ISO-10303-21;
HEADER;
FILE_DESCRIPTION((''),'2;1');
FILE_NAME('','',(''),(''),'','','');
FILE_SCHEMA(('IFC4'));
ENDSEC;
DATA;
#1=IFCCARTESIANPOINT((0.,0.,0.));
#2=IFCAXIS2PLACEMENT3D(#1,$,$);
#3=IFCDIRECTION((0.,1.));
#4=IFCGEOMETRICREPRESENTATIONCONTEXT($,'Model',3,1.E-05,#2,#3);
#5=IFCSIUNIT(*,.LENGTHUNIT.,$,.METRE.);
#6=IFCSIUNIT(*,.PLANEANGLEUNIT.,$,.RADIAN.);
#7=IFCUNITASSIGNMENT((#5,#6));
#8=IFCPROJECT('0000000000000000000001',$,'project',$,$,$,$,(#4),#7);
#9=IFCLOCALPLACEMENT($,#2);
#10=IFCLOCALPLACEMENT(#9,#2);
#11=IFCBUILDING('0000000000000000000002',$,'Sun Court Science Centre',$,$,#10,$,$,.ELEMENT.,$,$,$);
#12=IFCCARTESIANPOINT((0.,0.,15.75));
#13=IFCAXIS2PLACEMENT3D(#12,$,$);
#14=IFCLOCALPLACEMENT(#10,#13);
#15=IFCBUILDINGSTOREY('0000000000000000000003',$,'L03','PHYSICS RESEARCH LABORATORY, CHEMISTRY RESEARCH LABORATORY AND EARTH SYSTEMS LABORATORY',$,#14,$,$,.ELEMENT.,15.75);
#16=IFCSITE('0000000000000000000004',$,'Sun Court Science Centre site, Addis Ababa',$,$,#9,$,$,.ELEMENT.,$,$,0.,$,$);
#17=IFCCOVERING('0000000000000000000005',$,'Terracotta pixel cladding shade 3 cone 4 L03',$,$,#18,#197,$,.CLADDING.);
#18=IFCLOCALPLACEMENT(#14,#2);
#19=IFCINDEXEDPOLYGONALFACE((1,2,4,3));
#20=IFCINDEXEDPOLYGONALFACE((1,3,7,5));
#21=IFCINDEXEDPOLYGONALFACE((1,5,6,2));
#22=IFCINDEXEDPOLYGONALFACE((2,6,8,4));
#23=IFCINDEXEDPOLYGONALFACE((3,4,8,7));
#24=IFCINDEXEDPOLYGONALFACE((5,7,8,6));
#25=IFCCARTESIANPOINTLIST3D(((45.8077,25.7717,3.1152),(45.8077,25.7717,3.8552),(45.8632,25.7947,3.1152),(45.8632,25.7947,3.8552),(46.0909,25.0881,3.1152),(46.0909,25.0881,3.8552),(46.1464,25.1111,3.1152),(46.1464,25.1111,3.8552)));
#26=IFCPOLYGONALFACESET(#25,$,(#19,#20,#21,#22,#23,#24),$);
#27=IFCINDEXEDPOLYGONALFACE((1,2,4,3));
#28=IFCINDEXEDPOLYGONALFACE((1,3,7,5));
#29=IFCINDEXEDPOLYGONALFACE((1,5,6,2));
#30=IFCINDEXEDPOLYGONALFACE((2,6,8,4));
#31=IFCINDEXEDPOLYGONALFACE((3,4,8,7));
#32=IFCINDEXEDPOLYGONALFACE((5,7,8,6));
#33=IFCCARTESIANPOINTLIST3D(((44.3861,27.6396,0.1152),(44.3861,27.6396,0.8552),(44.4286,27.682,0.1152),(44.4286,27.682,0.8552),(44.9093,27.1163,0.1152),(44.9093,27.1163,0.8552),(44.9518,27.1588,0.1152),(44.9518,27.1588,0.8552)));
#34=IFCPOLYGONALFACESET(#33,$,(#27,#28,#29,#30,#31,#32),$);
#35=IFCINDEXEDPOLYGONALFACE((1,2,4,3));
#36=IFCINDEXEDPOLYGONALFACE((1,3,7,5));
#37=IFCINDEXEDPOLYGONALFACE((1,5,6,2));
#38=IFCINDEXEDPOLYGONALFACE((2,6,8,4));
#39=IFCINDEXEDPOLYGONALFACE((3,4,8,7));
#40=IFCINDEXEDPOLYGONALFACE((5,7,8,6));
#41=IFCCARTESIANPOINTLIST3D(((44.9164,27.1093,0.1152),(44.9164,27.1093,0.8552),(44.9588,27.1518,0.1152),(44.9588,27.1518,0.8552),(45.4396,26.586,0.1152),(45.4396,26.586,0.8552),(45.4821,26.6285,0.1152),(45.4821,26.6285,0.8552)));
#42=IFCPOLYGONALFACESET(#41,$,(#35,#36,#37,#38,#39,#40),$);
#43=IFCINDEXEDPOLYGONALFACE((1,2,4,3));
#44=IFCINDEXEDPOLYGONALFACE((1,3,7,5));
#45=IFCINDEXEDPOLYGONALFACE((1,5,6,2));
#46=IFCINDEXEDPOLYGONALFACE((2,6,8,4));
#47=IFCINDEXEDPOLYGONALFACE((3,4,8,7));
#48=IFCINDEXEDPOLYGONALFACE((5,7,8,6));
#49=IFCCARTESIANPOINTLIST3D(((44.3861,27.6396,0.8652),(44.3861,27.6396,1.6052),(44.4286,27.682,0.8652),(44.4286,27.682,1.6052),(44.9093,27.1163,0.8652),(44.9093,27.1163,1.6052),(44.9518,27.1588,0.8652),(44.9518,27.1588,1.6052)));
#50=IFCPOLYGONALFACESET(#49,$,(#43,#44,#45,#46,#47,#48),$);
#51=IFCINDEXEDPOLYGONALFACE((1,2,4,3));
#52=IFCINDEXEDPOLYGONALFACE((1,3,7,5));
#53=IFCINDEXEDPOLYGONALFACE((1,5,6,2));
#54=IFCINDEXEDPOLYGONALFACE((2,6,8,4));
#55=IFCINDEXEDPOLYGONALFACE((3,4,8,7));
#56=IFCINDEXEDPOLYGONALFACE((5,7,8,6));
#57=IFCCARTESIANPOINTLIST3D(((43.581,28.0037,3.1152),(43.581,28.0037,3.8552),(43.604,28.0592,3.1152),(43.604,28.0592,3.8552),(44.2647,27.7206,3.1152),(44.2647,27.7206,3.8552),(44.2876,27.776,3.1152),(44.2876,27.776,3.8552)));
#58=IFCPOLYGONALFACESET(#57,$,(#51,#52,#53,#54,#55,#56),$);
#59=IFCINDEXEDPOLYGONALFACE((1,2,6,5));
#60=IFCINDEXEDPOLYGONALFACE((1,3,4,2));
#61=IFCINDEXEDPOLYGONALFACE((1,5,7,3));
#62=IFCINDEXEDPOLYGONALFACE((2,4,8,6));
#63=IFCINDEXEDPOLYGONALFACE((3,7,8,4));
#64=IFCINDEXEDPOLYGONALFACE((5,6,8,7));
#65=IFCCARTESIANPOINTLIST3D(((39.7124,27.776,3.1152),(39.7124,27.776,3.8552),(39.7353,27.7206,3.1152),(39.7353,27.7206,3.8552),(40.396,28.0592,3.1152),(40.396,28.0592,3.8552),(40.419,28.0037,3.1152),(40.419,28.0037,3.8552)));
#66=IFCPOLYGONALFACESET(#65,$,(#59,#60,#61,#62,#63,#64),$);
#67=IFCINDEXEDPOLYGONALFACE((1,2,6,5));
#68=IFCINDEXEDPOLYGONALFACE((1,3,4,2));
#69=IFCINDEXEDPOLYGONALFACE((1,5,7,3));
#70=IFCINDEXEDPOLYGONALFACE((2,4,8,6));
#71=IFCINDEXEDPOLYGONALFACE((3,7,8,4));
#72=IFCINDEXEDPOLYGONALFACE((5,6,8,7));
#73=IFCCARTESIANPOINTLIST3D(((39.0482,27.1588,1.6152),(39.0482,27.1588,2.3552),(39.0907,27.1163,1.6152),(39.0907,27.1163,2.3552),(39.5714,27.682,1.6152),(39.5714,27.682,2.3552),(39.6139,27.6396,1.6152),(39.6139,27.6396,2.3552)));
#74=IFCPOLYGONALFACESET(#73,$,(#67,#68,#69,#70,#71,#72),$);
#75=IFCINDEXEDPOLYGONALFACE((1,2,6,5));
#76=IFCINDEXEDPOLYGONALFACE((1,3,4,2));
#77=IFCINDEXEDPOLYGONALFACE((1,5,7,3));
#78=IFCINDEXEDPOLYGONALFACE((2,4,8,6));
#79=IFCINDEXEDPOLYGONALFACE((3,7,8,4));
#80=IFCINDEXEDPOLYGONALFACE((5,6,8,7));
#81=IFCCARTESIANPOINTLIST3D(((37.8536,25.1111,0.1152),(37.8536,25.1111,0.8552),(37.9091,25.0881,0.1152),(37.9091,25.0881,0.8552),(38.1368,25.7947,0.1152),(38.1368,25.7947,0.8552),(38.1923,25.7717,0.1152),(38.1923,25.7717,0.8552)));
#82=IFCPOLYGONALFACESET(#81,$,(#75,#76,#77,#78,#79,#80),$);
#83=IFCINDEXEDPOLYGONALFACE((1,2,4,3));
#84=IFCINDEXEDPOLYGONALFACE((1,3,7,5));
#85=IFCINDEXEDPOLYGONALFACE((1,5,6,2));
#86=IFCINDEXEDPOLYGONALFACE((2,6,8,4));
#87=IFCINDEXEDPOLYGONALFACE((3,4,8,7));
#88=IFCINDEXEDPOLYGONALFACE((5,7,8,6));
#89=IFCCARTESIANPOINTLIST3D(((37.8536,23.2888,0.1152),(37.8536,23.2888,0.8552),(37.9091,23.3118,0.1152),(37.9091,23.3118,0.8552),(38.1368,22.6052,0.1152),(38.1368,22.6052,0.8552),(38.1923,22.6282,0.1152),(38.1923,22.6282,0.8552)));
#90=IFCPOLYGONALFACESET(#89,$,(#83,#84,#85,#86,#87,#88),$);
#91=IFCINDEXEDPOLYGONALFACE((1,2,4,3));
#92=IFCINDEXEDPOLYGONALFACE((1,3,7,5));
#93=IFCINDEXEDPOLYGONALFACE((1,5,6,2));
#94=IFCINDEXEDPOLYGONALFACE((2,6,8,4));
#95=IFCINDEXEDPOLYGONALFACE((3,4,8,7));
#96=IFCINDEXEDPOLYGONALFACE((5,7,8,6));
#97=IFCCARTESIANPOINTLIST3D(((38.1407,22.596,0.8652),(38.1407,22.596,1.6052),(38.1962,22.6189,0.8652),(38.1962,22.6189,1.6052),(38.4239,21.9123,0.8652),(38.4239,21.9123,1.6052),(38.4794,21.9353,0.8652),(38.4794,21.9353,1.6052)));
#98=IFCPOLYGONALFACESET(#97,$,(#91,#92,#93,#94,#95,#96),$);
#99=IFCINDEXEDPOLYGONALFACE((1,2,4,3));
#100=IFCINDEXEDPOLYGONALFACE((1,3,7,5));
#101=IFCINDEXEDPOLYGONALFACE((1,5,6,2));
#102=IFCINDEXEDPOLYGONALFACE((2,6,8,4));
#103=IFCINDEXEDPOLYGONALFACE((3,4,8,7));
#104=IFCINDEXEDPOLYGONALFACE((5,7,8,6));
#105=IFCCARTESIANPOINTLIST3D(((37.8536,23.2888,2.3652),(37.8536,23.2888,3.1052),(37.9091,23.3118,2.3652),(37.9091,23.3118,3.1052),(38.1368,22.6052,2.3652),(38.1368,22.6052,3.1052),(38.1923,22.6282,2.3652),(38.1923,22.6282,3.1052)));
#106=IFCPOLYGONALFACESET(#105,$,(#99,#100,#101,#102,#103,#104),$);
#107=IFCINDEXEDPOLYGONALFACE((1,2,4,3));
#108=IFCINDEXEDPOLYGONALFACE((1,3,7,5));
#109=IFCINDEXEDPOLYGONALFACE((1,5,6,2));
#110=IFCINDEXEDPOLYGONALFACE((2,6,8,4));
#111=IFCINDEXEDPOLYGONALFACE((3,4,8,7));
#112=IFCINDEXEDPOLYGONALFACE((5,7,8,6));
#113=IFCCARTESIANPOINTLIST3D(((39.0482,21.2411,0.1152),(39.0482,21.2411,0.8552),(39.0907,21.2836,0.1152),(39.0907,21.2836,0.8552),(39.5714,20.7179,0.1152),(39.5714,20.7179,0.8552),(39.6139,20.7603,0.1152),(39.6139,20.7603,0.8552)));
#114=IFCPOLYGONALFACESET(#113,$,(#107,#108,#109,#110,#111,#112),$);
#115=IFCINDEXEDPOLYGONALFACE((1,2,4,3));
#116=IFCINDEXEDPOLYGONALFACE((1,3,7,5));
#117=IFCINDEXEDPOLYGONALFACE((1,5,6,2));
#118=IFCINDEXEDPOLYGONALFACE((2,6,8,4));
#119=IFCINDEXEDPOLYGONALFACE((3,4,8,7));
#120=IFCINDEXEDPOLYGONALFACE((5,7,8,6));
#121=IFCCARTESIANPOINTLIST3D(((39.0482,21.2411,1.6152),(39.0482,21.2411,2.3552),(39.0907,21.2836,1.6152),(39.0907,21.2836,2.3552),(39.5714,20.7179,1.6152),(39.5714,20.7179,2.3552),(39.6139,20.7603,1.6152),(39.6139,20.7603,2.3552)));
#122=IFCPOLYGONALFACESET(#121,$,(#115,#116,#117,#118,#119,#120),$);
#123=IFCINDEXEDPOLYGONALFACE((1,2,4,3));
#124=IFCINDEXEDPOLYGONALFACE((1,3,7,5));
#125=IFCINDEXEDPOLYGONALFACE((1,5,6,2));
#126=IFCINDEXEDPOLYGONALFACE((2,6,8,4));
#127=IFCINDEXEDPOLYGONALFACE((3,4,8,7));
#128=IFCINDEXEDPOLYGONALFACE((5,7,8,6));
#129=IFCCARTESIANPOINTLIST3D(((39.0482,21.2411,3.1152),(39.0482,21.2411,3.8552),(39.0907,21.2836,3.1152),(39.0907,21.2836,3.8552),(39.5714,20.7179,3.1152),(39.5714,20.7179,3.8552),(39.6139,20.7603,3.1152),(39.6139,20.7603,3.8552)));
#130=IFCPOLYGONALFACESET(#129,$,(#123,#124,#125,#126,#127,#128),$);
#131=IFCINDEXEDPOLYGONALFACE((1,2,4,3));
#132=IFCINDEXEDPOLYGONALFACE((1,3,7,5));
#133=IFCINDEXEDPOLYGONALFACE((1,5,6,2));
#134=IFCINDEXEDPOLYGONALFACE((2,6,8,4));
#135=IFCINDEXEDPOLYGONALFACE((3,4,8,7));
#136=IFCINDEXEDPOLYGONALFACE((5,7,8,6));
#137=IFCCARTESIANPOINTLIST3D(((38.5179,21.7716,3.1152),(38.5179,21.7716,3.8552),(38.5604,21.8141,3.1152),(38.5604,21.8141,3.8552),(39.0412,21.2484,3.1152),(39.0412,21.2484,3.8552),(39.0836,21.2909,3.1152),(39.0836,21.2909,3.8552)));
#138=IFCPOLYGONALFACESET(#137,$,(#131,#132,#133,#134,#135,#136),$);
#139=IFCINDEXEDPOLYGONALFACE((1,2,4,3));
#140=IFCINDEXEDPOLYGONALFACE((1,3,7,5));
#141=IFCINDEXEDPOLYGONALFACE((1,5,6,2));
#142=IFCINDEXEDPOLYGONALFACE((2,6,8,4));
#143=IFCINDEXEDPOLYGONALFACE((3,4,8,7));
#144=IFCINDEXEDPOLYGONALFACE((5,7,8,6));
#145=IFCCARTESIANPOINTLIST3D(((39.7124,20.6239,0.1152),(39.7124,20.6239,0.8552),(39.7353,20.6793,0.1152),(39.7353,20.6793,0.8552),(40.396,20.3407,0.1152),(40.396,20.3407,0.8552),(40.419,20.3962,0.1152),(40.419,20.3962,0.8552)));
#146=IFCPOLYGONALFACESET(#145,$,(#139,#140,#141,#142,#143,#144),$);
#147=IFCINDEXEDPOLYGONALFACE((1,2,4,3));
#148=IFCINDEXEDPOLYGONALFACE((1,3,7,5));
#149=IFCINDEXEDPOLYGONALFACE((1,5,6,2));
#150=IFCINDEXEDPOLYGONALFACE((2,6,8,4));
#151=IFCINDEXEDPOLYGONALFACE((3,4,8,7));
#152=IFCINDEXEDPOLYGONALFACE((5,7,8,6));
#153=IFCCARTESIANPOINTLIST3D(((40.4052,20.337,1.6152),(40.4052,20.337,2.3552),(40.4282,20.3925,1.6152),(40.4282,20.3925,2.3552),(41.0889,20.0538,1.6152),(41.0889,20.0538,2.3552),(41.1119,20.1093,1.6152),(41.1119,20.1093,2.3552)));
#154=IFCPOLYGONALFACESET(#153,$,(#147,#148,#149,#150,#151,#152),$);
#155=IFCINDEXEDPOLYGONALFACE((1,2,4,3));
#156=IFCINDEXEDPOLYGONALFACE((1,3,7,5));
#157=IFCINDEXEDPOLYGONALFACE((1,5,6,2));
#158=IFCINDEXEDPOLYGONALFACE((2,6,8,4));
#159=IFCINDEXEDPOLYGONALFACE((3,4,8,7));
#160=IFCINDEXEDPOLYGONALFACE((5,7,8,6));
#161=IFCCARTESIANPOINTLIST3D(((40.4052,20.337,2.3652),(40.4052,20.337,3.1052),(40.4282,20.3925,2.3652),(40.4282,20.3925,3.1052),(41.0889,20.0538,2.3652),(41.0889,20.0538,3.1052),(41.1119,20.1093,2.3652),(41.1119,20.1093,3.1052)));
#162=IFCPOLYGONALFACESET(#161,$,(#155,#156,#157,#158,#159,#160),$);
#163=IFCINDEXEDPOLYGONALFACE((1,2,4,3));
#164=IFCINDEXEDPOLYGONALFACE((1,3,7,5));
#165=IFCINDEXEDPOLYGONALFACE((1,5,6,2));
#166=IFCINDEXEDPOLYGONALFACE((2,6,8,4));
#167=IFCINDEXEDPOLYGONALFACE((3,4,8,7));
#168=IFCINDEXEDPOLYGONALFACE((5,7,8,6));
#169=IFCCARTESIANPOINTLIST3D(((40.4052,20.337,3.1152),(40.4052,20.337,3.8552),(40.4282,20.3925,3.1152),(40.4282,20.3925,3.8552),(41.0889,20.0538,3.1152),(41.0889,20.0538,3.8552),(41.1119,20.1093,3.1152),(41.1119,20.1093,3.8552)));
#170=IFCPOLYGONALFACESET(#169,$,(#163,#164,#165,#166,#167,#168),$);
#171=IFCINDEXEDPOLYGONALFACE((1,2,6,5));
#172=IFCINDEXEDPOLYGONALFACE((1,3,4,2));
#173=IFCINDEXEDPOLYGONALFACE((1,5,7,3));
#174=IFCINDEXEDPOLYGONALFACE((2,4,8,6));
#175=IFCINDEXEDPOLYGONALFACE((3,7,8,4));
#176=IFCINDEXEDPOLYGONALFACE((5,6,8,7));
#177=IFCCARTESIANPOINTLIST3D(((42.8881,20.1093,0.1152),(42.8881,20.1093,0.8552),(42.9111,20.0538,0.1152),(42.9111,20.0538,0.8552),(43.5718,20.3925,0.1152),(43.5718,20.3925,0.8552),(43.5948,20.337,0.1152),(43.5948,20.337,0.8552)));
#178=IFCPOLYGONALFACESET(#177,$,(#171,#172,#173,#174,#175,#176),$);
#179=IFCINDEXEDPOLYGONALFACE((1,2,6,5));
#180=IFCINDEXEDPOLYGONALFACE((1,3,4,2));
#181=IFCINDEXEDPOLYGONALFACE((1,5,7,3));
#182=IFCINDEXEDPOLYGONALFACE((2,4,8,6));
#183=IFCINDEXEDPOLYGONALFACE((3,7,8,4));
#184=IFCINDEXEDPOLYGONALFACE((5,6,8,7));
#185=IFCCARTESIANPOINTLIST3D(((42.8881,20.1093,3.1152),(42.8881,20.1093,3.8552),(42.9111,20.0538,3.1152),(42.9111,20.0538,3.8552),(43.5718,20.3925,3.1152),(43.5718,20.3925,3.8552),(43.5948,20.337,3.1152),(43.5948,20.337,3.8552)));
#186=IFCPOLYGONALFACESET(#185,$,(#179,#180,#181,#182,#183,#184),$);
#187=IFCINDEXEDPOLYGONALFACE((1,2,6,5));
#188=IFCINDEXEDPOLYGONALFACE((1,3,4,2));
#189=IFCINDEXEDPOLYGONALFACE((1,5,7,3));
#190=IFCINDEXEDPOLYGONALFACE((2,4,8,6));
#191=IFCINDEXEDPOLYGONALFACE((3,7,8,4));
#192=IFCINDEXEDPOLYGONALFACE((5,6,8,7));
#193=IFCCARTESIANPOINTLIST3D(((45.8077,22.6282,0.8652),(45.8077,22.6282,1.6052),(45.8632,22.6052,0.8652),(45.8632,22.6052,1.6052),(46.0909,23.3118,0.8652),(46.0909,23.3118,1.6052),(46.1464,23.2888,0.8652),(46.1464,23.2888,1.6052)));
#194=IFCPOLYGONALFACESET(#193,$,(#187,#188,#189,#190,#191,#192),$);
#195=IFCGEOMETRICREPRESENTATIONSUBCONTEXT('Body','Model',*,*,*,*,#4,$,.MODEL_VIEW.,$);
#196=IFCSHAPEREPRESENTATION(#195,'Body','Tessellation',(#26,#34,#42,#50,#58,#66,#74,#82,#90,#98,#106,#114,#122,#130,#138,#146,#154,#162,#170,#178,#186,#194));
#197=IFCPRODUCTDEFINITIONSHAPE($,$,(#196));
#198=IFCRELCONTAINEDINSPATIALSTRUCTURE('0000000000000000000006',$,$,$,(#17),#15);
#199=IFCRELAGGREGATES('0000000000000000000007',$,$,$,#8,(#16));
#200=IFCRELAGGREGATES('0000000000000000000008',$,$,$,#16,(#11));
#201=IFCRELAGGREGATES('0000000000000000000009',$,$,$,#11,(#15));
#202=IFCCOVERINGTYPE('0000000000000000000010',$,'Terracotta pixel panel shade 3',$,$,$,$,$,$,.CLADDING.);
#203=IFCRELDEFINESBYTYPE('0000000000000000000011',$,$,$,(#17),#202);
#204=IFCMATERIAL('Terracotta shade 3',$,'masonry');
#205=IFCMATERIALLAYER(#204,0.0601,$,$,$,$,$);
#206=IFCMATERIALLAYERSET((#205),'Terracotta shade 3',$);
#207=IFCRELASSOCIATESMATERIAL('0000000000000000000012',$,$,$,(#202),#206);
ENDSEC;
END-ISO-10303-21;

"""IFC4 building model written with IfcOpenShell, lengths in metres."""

from ifc_helpers import new_model, si_unit, direction, frame, origin, origin_2d, place, context, subcontext, project, spatial, rectangle, extrude, material, layer, layer_set, type_object, element, save


model = new_model("IFC4")

# Units and contexts
model_context = context("Model", 3, precision=1e-05, world=origin(), true_north=direction((0.0, 1.0)))
body_context = subcontext(model_context, "Body", "Model", "MODEL_VIEW")
ifc_project = project(units=[si_unit("LENGTHUNIT", "METRE"), si_unit("PLANEANGLEUNIT", "RADIAN")], contexts=[model_context])

# Site, building, storey
site_placement = place(None, origin())
site = spatial("IfcSite", under=ifc_project, at=site_placement, Name="Sun Court Science Centre site, Addis Ababa", CompositionType="ELEMENT", RefElevation=0.0)
building_placement = place(site_placement, origin())
building = spatial("IfcBuilding", under=site, at=building_placement, Name="Sun Court Science Centre", CompositionType="ELEMENT")
storey_placement = place(building_placement, frame((0.0, 0.0, 15.75)))
storey = spatial("IfcBuildingStorey", under=building, at=storey_placement, Name="L03", Description="PHYSICS RESEARCH LABORATORY, CHEMISTRY RESEARCH LABORATORY AND EARTH SYSTEMS LABORATORY", CompositionType="ELEMENT", Elevation=15.75)

# Covering
ifc_material_1 = material(Name="Terracotta shade 3", Category="masonry")
ifc_layer_1 = layer(ifc_material_1, 0.0601)
ifc_layer_set_1 = layer_set([ifc_layer_1], Name="Terracotta shade 3")
covering_type_1 = type_object("IfcCoveringType", Name="Terracotta pixel panel shade 3", PredefinedType="CLADDING", material=ifc_layer_set_1)
covering_1_placement = place(storey_placement, frame((0.0, 0.0, -15.75)))
element("IfcCovering", 1, at=covering_1_placement, inside=storey, type_object=covering_type_1, Name="Terracotta pixel cladding shade 3 cone 4 L03", PredefinedType="CLADDING", context=body_context, shape_type="SweptSolid", body=[
    extrude(rectangle(XDim=0.74, YDim=0.0601, at=origin_2d()), frame((45.9771, 25.4414, 18.8652), z_axis=(0.0, 0.0, 1.0), x_axis=(0.382683, -0.92388, 0.0)), (0.0, 0.0, 1.0), 0.74),
    extrude(rectangle(XDim=0.74, YDim=0.0601, at=origin_2d()), frame((44.6689, 27.3992, 15.8652), z_axis=(0.0, 0.0, 1.0), x_axis=(0.707107, -0.707107, 0.0)), (0.0, 0.0, 1.0), 0.74),
    extrude(rectangle(XDim=0.74, YDim=0.0601, at=origin_2d()), frame((45.1992, 26.8689, 15.8652), z_axis=(0.0, 0.0, 1.0), x_axis=(0.707107, -0.707107, 0.0)), (0.0, 0.0, 1.0), 0.74),
    extrude(rectangle(XDim=0.74, YDim=0.0601, at=origin_2d()), frame((44.6689, 27.3992, 16.6152), z_axis=(0.0, 0.0, 1.0), x_axis=(0.707107, -0.707107, 0.0)), (0.0, 0.0, 1.0), 0.74),
    extrude(rectangle(XDim=0.74, YDim=0.0601, at=origin_2d()), frame((43.9343, 27.8899, 18.8652), z_axis=(0.0, 0.0, 1.0), x_axis=(0.92388, -0.382683, 0.0)), (0.0, 0.0, 1.0), 0.74),
    extrude(rectangle(XDim=0.74, YDim=0.0601, at=origin_2d()), frame((40.0657, 27.8899, 18.8652), z_axis=(0.0, 0.0, 1.0), x_axis=(0.92388, 0.382683, 0.0)), (0.0, 0.0, 1.0), 0.74),
    extrude(rectangle(XDim=0.74, YDim=0.0601, at=origin_2d()), frame((39.3311, 27.3992, 17.3652), z_axis=(0.0, 0.0, 1.0), x_axis=(0.707107, 0.707107, 0.0)), (0.0, 0.0, 1.0), 0.74),
    extrude(rectangle(XDim=0.74, YDim=0.0601, at=origin_2d()), frame((38.0229, 25.4414, 15.8652), z_axis=(0.0, 0.0, 1.0), x_axis=(0.382683, 0.92388, 0.0)), (0.0, 0.0, 1.0), 0.74),
    extrude(rectangle(XDim=0.74, YDim=0.0601, at=origin_2d()), frame((38.0229, 22.9585, 15.8652), z_axis=(0.0, 0.0, 1.0), x_axis=(-0.382683, 0.92388, 0.0)), (0.0, 0.0, 1.0), 0.74),
    extrude(rectangle(XDim=0.74, YDim=0.0601, at=origin_2d()), frame((38.3101, 22.2656, 16.6152), z_axis=(0.0, 0.0, 1.0), x_axis=(-0.382683, 0.92388, 0.0)), (0.0, 0.0, 1.0), 0.74),
    extrude(rectangle(XDim=0.74, YDim=0.0601, at=origin_2d()), frame((38.0229, 22.9585, 18.1152), z_axis=(0.0, 0.0, 1.0), x_axis=(-0.382683, 0.92388, 0.0)), (0.0, 0.0, 1.0), 0.74),
    extrude(rectangle(XDim=0.74, YDim=0.0601, at=origin_2d()), frame((39.3311, 21.0007, 15.8652), z_axis=(0.0, 0.0, 1.0), x_axis=(-0.707107, 0.707107, 0.0)), (0.0, 0.0, 1.0), 0.74),
    extrude(rectangle(XDim=0.74, YDim=0.0601, at=origin_2d()), frame((39.3311, 21.0007, 17.3652), z_axis=(0.0, 0.0, 1.0), x_axis=(-0.707107, 0.707107, 0.0)), (0.0, 0.0, 1.0), 0.74),
    extrude(rectangle(XDim=0.74, YDim=0.0601, at=origin_2d()), frame((39.3311, 21.0007, 18.8652), z_axis=(0.0, 0.0, 1.0), x_axis=(-0.707107, 0.707107, 0.0)), (0.0, 0.0, 1.0), 0.74),
    extrude(rectangle(XDim=0.74, YDim=0.0601, at=origin_2d()), frame((38.8008, 21.5312, 18.8652), z_axis=(0.0, 0.0, 1.0), x_axis=(-0.707107, 0.707107, 0.0)), (0.0, 0.0, 1.0), 0.74),
    extrude(rectangle(XDim=0.74, YDim=0.0601, at=origin_2d()), frame((40.0657, 20.51, 15.8652), z_axis=(0.0, 0.0, 1.0), x_axis=(-0.92388, 0.382683, 0.0)), (0.0, 0.0, 1.0), 0.74),
    extrude(rectangle(XDim=0.74, YDim=0.0601, at=origin_2d()), frame((40.7585, 20.2231, 17.3652), z_axis=(0.0, 0.0, 1.0), x_axis=(-0.92388, 0.382683, 0.0)), (0.0, 0.0, 1.0), 0.74),
    extrude(rectangle(XDim=0.74, YDim=0.0601, at=origin_2d()), frame((40.7585, 20.2231, 18.1152), z_axis=(0.0, 0.0, 1.0), x_axis=(-0.92388, 0.382683, 0.0)), (0.0, 0.0, 1.0), 0.74),
    extrude(rectangle(XDim=0.74, YDim=0.0601, at=origin_2d()), frame((40.7585, 20.2231, 18.8652), z_axis=(0.0, 0.0, 1.0), x_axis=(-0.92388, 0.382683, 0.0)), (0.0, 0.0, 1.0), 0.74),
    extrude(rectangle(XDim=0.74, YDim=0.0601, at=origin_2d()), frame((43.2415, 20.2231, 15.8652), z_axis=(0.0, 0.0, 1.0), x_axis=(-0.92388, -0.382683, 0.0)), (0.0, 0.0, 1.0), 0.74),
    extrude(rectangle(XDim=0.74, YDim=0.0601, at=origin_2d()), frame((43.2415, 20.2231, 18.8652), z_axis=(0.0, 0.0, 1.0), x_axis=(-0.92388, -0.382683, 0.0)), (0.0, 0.0, 1.0), 0.74),
    extrude(rectangle(XDim=0.74, YDim=0.0601, at=origin_2d()), frame((45.9771, 22.9585, 16.6152), z_axis=(0.0, 0.0, 1.0), x_axis=(-0.382683, -0.92388, 0.0)), (0.0, 0.0, 1.0), 0.74),
])

save(model, "model.ifc")
